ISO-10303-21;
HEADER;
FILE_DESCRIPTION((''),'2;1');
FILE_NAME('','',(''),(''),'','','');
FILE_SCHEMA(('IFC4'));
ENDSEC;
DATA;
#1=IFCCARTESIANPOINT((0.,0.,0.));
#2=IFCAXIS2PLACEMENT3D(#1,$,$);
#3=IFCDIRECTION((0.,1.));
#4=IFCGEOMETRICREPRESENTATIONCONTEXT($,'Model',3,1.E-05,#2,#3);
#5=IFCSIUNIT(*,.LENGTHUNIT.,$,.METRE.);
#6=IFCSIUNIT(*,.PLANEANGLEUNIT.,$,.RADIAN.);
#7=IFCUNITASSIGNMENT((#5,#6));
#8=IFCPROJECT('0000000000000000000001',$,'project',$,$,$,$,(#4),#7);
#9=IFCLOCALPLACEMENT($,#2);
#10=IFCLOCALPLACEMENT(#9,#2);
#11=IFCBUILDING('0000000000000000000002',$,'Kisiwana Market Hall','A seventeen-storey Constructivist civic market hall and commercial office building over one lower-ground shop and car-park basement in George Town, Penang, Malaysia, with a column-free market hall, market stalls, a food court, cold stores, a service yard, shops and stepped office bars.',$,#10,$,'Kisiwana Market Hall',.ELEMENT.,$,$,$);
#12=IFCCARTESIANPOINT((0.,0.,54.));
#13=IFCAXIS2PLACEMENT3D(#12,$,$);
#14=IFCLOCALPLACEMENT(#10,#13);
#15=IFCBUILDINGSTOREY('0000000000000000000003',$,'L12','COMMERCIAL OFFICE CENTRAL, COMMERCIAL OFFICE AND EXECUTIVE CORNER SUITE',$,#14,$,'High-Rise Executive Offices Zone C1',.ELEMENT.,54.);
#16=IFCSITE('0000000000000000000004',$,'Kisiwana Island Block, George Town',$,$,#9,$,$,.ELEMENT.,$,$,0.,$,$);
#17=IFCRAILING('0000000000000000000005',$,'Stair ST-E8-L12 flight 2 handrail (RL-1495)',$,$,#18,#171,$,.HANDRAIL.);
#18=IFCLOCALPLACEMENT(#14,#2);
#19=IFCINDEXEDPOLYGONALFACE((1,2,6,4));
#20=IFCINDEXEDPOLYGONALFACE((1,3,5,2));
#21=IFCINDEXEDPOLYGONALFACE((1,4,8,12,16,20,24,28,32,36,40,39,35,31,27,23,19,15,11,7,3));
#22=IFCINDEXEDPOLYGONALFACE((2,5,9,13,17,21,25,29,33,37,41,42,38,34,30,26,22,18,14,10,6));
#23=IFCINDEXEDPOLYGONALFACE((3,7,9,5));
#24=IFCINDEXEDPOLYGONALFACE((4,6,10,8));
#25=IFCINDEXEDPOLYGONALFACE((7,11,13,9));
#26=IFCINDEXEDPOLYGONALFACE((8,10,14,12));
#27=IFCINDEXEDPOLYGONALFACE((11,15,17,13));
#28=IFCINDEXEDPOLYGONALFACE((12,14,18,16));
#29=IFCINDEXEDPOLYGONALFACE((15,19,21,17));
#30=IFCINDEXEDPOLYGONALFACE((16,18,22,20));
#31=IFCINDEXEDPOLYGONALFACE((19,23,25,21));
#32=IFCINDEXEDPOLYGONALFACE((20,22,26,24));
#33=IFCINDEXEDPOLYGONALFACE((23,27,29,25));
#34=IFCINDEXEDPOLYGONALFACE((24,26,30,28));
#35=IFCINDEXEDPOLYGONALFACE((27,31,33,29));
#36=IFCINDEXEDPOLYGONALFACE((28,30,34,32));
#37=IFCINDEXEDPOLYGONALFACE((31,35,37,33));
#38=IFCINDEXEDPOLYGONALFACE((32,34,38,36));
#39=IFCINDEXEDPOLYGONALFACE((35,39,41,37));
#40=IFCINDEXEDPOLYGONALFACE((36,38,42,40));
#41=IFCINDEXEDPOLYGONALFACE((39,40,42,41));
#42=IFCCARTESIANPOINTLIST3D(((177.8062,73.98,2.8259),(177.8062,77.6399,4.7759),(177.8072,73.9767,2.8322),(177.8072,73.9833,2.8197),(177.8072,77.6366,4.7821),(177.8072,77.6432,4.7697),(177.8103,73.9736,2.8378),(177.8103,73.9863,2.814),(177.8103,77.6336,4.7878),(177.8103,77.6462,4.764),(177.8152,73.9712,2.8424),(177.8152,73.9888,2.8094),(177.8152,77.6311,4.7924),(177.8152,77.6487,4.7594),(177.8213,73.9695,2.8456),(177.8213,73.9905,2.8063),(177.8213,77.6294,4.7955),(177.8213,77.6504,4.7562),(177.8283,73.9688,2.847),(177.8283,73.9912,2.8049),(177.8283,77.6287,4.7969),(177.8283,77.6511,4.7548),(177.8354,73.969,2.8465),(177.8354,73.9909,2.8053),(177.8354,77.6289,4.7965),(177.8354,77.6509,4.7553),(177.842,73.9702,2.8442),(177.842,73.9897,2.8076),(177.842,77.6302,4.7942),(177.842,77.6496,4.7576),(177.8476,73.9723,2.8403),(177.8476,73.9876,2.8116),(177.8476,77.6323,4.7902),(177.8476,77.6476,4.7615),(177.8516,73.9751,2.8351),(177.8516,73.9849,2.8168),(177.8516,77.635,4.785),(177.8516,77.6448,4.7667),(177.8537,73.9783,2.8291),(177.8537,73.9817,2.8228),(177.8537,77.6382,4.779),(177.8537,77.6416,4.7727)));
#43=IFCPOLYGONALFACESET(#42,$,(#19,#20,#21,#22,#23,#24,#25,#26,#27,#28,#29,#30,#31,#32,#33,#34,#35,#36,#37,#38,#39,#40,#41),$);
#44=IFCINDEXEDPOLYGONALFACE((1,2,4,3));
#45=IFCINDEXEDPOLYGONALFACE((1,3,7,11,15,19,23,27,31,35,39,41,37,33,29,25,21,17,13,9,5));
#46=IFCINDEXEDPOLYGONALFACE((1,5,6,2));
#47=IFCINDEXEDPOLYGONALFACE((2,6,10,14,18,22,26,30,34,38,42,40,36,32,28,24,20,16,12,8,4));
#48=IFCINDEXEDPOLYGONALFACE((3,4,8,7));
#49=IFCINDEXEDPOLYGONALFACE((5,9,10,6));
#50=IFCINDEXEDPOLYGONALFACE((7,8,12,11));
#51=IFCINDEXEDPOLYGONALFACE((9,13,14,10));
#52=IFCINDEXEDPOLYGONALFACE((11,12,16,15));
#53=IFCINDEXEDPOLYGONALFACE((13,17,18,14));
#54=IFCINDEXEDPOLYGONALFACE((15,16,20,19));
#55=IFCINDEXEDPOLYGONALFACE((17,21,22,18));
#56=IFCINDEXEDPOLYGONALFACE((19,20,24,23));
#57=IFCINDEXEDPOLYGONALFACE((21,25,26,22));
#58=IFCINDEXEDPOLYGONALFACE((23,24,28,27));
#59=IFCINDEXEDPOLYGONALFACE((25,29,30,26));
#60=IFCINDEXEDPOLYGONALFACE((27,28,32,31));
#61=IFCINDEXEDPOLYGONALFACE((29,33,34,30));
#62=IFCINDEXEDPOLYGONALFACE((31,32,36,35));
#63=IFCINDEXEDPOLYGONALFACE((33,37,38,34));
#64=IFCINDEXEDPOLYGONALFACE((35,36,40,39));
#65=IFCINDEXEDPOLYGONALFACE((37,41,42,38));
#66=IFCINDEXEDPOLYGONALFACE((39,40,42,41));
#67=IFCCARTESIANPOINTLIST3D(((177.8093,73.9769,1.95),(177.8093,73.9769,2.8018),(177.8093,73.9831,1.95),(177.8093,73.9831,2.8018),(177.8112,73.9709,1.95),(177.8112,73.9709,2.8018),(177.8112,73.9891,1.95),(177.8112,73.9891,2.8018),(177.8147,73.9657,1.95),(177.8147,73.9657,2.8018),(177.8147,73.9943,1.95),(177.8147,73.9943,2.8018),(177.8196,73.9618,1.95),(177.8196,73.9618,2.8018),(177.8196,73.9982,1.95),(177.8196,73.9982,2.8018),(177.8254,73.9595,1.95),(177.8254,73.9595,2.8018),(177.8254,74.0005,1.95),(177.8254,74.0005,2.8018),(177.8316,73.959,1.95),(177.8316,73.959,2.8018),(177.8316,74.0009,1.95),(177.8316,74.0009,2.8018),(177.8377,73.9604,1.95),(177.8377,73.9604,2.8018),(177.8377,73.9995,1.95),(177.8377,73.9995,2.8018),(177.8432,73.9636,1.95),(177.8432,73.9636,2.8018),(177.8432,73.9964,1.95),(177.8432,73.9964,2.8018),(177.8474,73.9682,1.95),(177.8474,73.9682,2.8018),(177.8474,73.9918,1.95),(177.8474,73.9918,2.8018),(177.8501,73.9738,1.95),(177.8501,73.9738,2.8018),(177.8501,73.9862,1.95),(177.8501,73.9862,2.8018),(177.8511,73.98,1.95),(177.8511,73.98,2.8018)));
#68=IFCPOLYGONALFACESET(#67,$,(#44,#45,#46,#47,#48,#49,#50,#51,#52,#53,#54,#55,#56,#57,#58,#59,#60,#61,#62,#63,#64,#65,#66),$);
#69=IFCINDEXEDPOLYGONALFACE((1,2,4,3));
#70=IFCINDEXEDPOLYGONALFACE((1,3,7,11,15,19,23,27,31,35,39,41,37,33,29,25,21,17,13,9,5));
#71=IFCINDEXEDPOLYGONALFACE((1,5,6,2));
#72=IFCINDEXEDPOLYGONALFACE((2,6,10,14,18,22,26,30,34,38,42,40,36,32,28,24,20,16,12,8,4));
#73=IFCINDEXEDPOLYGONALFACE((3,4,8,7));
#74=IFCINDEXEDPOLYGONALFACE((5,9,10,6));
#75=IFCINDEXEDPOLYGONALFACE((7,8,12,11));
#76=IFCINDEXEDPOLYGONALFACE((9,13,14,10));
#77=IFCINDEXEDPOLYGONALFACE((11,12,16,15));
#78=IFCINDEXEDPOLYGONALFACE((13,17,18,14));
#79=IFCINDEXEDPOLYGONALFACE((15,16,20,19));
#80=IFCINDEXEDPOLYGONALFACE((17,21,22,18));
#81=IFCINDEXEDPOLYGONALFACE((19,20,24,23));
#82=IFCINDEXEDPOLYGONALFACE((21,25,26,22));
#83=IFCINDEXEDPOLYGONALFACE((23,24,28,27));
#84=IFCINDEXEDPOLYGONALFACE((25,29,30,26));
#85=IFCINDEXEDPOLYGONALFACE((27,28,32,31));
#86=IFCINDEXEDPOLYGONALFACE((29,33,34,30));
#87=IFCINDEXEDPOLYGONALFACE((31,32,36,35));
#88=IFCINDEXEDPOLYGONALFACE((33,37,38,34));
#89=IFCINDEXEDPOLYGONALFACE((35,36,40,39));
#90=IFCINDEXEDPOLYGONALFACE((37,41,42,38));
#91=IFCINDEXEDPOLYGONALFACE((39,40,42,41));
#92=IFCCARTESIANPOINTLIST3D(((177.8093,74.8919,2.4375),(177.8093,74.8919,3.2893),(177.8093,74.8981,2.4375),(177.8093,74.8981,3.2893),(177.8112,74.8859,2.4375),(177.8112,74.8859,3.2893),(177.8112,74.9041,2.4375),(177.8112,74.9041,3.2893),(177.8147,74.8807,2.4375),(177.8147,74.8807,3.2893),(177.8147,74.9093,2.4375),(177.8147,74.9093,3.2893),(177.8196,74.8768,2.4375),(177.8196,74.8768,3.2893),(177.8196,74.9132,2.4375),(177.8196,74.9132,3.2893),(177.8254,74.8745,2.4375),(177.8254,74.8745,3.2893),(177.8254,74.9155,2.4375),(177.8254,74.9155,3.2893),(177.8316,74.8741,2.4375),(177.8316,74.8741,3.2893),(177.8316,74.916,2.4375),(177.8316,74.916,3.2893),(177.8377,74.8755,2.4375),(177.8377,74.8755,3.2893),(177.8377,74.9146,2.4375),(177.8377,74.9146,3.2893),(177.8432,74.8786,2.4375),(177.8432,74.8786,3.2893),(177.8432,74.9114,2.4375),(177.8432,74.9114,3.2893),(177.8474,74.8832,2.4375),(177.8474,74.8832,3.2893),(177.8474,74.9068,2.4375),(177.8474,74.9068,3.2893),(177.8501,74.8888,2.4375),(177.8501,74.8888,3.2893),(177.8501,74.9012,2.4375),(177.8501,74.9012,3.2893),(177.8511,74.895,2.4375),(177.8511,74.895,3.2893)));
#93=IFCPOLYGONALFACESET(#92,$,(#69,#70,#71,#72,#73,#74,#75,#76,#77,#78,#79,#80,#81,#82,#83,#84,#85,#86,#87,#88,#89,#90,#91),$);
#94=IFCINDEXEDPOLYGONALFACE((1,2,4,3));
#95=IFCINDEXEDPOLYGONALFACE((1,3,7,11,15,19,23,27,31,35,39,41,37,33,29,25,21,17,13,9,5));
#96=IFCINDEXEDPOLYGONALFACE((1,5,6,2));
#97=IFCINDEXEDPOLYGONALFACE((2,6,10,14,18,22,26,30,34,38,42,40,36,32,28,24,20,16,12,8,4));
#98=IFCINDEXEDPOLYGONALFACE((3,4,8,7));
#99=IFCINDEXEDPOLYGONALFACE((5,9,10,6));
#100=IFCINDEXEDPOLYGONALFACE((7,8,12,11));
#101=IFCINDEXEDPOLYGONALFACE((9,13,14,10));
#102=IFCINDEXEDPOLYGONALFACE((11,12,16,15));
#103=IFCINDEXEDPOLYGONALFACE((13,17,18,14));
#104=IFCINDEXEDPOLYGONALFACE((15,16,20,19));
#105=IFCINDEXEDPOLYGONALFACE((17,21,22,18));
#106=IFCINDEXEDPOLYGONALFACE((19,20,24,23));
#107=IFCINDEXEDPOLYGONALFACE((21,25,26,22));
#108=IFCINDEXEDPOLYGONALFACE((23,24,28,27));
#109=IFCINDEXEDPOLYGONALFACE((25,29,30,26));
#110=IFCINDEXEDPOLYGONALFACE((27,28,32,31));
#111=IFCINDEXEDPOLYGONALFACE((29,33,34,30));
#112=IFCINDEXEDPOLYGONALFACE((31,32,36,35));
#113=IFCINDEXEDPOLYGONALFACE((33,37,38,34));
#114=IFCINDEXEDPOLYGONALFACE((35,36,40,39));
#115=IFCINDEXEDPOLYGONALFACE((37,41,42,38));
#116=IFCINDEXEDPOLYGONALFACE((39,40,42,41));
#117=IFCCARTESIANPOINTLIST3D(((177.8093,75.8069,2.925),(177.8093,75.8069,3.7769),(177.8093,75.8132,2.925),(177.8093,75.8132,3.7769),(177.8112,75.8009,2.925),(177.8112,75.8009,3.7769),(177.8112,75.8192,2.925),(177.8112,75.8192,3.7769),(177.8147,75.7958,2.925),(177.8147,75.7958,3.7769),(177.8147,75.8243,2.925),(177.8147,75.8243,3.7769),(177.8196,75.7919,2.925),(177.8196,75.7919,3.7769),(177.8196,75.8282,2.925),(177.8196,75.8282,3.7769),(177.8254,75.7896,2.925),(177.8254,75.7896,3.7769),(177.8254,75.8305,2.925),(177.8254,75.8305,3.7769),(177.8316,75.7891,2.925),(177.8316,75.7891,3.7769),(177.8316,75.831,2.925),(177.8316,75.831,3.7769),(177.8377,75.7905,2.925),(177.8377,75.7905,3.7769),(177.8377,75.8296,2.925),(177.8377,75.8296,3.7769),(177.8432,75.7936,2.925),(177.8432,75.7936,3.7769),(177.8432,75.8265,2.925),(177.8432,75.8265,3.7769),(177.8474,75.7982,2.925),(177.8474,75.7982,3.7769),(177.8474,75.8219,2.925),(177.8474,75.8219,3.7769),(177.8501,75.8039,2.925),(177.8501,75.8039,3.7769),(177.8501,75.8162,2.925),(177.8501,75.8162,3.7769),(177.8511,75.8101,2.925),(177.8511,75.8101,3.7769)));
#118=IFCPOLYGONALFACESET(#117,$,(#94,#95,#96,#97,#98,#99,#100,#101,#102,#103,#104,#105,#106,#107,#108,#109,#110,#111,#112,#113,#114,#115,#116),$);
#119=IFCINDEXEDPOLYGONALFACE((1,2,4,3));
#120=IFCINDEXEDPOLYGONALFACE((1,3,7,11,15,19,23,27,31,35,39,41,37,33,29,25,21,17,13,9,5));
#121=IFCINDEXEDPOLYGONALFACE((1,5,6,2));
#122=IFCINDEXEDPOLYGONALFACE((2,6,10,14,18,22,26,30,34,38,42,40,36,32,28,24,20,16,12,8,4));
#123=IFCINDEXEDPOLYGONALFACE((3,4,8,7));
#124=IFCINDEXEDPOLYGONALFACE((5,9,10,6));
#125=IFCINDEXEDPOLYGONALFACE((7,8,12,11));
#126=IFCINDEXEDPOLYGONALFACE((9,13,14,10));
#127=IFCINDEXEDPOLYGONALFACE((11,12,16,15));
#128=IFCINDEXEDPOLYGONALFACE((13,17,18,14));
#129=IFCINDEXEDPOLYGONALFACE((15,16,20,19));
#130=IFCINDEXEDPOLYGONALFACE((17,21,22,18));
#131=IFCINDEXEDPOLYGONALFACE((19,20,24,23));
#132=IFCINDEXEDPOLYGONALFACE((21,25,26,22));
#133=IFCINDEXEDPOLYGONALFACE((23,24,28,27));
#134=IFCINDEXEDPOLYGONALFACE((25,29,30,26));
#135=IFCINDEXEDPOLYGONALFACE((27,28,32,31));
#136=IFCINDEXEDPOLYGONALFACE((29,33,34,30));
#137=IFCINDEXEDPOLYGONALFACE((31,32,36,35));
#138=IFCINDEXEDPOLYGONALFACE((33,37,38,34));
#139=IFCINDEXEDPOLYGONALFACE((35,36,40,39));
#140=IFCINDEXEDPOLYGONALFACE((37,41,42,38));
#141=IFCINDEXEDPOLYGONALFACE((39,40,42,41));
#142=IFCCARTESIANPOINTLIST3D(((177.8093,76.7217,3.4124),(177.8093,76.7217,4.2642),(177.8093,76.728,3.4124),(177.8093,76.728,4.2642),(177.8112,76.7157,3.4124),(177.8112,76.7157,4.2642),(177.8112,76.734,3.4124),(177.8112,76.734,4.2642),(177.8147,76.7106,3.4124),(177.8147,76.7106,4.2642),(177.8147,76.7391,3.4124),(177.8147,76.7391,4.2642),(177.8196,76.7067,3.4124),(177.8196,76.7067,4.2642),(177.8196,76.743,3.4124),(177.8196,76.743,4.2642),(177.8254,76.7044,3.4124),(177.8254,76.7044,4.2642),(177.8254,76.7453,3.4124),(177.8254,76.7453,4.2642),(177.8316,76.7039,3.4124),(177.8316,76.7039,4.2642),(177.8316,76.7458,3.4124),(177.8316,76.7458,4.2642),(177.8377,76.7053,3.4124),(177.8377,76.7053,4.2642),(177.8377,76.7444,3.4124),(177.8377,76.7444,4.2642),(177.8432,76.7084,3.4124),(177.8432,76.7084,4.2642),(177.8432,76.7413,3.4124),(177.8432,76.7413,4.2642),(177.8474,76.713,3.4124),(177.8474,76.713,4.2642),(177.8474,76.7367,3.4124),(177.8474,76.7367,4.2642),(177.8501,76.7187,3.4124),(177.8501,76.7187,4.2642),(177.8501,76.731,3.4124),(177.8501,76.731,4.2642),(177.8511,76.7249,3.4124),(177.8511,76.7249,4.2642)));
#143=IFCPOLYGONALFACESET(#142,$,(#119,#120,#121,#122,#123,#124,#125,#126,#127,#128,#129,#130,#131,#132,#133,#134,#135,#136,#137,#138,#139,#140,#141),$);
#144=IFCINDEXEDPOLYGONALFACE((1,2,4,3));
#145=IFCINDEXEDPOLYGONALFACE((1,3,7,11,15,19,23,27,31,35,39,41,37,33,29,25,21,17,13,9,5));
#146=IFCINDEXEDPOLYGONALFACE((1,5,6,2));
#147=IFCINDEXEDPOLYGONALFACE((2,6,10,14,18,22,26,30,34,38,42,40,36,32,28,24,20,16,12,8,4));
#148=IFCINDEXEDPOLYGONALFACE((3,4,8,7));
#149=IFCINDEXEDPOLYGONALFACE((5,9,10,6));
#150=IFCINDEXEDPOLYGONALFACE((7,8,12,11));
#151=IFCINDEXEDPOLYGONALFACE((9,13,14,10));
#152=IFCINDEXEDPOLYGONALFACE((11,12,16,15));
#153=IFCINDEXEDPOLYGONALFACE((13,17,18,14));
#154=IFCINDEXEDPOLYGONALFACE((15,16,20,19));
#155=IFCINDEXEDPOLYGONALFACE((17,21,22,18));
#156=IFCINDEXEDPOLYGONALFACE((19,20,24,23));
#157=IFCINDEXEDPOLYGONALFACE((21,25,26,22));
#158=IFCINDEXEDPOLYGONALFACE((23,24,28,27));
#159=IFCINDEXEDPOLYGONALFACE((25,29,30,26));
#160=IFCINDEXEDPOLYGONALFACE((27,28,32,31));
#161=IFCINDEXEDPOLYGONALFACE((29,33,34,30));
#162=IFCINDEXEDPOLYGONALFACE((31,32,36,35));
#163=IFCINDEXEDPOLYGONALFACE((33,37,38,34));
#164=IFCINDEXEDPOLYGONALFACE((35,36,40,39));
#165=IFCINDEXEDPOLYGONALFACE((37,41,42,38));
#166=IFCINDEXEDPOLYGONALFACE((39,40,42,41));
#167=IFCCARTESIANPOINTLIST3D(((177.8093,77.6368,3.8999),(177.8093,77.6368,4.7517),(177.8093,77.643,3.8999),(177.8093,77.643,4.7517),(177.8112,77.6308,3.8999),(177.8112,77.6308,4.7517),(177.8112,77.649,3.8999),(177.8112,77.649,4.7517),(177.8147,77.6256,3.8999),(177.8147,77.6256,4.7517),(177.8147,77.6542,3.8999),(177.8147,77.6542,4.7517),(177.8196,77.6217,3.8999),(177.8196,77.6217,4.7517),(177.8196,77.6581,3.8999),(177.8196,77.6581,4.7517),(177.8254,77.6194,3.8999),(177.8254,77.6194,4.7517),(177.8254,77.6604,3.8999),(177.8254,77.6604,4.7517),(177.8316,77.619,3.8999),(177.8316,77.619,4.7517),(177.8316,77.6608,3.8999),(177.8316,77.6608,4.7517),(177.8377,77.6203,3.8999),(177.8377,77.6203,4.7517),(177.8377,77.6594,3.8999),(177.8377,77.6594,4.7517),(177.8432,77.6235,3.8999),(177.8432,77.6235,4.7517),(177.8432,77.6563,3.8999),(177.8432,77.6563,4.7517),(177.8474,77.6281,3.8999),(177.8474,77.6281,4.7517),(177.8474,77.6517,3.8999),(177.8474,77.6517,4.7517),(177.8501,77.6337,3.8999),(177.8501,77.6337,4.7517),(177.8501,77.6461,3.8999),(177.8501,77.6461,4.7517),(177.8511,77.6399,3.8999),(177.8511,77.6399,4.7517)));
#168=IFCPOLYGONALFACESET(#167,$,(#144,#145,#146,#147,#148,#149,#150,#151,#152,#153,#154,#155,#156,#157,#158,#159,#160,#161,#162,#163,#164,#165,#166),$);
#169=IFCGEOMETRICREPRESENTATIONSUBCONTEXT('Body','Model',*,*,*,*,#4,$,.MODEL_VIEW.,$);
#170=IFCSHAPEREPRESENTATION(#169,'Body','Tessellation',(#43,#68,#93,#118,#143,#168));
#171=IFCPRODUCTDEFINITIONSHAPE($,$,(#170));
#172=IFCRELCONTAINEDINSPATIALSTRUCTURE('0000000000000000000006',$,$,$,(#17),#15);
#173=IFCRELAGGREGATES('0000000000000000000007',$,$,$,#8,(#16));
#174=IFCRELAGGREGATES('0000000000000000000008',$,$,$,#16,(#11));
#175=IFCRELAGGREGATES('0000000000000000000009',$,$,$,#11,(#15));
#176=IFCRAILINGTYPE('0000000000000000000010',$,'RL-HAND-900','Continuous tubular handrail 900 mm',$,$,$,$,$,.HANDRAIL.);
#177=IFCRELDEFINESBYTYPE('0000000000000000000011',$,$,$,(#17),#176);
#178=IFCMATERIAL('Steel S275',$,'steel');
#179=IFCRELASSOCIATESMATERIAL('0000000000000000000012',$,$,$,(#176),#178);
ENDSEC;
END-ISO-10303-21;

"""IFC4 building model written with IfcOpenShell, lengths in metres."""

from ifc_helpers import new_model, si_unit, direction, frame, origin, origin_2d, place, context, subcontext, project, spatial, circle, extrude, material, type_object, element, save


model = new_model("IFC4")

# Units and contexts
model_context = context("Model", 3, precision=1e-05, world=origin(), true_north=direction((0.0, 1.0)))
body_context = subcontext(model_context, "Body", "Model", "MODEL_VIEW")
ifc_project = project(units=[si_unit("LENGTHUNIT", "METRE"), si_unit("PLANEANGLEUNIT", "RADIAN")], contexts=[model_context])

# Site, building, storey
site_placement = place(None, origin())
site = spatial("IfcSite", under=ifc_project, at=site_placement, Name="Kisiwana Island Block, George Town", CompositionType="ELEMENT", RefElevation=0.0)
building_placement = place(site_placement, origin())
building = spatial("IfcBuilding", under=site, at=building_placement, Name="Kisiwana Market Hall", Description="A seventeen-storey Constructivist civic market hall and commercial office building over one lower-ground shop and car-park basement in George Town, Penang, Malaysia, with a column-free market hall, market stalls, a food court, cold stores, a service yard, shops and stepped office bars.", LongName="Kisiwana Market Hall", CompositionType="ELEMENT")
storey_placement = place(building_placement, frame((0.0, 0.0, 54.0)))
storey = spatial("IfcBuildingStorey", under=building, at=storey_placement, Name="L12", Description="COMMERCIAL OFFICE CENTRAL, COMMERCIAL OFFICE AND EXECUTIVE CORNER SUITE", LongName="High-Rise Executive Offices Zone C1", CompositionType="ELEMENT", Elevation=54.0)

# Railing
ifc_material_1 = material(Name="Steel S275", Category="steel")
railing_type_1 = type_object("IfcRailingType", Name="RL-HAND-900", Description="Continuous tubular handrail 900 mm", PredefinedType="HANDRAIL", material=ifc_material_1)
railing_1_placement = place(storey_placement, frame((177.8301, 73.98, 1.95)))
element("IfcRailing", 1, at=railing_1_placement, inside=storey, type_object=railing_type_1, Name="Stair ST-E8-L12 flight 2 handrail (RL-1495)", PredefinedType="HANDRAIL", context=body_context, shape_type="SweptSolid", body=[
    extrude(circle(Radius=0.0239, at=origin_2d()), frame((0.0, 0.0, 0.876), z_axis=(0.0, 0.882553, 0.470212), x_axis=(-1.0, 0.0, 0.0)), (0.0, 0.0, 1.0), 4.147),
    extrude(circle(Radius=0.021, at=origin_2d()), origin(), (0.0, 0.0, 1.0), 0.8518),
    extrude(circle(Radius=0.021, at=origin_2d()), frame((0.0, 0.915, 0.4875)), (0.0, 0.0, 1.0), 0.8518),
    extrude(circle(Radius=0.021, at=origin_2d()), frame((0.0, 1.8301, 0.9751)), (0.0, 0.0, 1.0), 0.8518),
    extrude(circle(Radius=0.021, at=origin_2d()), frame((0.0, 2.7449, 1.4624)), (0.0, 0.0, 1.0), 0.8518),
    extrude(circle(Radius=0.021, at=origin_2d()), frame((0.0, 3.6599, 1.95)), (0.0, 0.0, 1.0), 0.8518),
])

save(model, "model.ifc")
